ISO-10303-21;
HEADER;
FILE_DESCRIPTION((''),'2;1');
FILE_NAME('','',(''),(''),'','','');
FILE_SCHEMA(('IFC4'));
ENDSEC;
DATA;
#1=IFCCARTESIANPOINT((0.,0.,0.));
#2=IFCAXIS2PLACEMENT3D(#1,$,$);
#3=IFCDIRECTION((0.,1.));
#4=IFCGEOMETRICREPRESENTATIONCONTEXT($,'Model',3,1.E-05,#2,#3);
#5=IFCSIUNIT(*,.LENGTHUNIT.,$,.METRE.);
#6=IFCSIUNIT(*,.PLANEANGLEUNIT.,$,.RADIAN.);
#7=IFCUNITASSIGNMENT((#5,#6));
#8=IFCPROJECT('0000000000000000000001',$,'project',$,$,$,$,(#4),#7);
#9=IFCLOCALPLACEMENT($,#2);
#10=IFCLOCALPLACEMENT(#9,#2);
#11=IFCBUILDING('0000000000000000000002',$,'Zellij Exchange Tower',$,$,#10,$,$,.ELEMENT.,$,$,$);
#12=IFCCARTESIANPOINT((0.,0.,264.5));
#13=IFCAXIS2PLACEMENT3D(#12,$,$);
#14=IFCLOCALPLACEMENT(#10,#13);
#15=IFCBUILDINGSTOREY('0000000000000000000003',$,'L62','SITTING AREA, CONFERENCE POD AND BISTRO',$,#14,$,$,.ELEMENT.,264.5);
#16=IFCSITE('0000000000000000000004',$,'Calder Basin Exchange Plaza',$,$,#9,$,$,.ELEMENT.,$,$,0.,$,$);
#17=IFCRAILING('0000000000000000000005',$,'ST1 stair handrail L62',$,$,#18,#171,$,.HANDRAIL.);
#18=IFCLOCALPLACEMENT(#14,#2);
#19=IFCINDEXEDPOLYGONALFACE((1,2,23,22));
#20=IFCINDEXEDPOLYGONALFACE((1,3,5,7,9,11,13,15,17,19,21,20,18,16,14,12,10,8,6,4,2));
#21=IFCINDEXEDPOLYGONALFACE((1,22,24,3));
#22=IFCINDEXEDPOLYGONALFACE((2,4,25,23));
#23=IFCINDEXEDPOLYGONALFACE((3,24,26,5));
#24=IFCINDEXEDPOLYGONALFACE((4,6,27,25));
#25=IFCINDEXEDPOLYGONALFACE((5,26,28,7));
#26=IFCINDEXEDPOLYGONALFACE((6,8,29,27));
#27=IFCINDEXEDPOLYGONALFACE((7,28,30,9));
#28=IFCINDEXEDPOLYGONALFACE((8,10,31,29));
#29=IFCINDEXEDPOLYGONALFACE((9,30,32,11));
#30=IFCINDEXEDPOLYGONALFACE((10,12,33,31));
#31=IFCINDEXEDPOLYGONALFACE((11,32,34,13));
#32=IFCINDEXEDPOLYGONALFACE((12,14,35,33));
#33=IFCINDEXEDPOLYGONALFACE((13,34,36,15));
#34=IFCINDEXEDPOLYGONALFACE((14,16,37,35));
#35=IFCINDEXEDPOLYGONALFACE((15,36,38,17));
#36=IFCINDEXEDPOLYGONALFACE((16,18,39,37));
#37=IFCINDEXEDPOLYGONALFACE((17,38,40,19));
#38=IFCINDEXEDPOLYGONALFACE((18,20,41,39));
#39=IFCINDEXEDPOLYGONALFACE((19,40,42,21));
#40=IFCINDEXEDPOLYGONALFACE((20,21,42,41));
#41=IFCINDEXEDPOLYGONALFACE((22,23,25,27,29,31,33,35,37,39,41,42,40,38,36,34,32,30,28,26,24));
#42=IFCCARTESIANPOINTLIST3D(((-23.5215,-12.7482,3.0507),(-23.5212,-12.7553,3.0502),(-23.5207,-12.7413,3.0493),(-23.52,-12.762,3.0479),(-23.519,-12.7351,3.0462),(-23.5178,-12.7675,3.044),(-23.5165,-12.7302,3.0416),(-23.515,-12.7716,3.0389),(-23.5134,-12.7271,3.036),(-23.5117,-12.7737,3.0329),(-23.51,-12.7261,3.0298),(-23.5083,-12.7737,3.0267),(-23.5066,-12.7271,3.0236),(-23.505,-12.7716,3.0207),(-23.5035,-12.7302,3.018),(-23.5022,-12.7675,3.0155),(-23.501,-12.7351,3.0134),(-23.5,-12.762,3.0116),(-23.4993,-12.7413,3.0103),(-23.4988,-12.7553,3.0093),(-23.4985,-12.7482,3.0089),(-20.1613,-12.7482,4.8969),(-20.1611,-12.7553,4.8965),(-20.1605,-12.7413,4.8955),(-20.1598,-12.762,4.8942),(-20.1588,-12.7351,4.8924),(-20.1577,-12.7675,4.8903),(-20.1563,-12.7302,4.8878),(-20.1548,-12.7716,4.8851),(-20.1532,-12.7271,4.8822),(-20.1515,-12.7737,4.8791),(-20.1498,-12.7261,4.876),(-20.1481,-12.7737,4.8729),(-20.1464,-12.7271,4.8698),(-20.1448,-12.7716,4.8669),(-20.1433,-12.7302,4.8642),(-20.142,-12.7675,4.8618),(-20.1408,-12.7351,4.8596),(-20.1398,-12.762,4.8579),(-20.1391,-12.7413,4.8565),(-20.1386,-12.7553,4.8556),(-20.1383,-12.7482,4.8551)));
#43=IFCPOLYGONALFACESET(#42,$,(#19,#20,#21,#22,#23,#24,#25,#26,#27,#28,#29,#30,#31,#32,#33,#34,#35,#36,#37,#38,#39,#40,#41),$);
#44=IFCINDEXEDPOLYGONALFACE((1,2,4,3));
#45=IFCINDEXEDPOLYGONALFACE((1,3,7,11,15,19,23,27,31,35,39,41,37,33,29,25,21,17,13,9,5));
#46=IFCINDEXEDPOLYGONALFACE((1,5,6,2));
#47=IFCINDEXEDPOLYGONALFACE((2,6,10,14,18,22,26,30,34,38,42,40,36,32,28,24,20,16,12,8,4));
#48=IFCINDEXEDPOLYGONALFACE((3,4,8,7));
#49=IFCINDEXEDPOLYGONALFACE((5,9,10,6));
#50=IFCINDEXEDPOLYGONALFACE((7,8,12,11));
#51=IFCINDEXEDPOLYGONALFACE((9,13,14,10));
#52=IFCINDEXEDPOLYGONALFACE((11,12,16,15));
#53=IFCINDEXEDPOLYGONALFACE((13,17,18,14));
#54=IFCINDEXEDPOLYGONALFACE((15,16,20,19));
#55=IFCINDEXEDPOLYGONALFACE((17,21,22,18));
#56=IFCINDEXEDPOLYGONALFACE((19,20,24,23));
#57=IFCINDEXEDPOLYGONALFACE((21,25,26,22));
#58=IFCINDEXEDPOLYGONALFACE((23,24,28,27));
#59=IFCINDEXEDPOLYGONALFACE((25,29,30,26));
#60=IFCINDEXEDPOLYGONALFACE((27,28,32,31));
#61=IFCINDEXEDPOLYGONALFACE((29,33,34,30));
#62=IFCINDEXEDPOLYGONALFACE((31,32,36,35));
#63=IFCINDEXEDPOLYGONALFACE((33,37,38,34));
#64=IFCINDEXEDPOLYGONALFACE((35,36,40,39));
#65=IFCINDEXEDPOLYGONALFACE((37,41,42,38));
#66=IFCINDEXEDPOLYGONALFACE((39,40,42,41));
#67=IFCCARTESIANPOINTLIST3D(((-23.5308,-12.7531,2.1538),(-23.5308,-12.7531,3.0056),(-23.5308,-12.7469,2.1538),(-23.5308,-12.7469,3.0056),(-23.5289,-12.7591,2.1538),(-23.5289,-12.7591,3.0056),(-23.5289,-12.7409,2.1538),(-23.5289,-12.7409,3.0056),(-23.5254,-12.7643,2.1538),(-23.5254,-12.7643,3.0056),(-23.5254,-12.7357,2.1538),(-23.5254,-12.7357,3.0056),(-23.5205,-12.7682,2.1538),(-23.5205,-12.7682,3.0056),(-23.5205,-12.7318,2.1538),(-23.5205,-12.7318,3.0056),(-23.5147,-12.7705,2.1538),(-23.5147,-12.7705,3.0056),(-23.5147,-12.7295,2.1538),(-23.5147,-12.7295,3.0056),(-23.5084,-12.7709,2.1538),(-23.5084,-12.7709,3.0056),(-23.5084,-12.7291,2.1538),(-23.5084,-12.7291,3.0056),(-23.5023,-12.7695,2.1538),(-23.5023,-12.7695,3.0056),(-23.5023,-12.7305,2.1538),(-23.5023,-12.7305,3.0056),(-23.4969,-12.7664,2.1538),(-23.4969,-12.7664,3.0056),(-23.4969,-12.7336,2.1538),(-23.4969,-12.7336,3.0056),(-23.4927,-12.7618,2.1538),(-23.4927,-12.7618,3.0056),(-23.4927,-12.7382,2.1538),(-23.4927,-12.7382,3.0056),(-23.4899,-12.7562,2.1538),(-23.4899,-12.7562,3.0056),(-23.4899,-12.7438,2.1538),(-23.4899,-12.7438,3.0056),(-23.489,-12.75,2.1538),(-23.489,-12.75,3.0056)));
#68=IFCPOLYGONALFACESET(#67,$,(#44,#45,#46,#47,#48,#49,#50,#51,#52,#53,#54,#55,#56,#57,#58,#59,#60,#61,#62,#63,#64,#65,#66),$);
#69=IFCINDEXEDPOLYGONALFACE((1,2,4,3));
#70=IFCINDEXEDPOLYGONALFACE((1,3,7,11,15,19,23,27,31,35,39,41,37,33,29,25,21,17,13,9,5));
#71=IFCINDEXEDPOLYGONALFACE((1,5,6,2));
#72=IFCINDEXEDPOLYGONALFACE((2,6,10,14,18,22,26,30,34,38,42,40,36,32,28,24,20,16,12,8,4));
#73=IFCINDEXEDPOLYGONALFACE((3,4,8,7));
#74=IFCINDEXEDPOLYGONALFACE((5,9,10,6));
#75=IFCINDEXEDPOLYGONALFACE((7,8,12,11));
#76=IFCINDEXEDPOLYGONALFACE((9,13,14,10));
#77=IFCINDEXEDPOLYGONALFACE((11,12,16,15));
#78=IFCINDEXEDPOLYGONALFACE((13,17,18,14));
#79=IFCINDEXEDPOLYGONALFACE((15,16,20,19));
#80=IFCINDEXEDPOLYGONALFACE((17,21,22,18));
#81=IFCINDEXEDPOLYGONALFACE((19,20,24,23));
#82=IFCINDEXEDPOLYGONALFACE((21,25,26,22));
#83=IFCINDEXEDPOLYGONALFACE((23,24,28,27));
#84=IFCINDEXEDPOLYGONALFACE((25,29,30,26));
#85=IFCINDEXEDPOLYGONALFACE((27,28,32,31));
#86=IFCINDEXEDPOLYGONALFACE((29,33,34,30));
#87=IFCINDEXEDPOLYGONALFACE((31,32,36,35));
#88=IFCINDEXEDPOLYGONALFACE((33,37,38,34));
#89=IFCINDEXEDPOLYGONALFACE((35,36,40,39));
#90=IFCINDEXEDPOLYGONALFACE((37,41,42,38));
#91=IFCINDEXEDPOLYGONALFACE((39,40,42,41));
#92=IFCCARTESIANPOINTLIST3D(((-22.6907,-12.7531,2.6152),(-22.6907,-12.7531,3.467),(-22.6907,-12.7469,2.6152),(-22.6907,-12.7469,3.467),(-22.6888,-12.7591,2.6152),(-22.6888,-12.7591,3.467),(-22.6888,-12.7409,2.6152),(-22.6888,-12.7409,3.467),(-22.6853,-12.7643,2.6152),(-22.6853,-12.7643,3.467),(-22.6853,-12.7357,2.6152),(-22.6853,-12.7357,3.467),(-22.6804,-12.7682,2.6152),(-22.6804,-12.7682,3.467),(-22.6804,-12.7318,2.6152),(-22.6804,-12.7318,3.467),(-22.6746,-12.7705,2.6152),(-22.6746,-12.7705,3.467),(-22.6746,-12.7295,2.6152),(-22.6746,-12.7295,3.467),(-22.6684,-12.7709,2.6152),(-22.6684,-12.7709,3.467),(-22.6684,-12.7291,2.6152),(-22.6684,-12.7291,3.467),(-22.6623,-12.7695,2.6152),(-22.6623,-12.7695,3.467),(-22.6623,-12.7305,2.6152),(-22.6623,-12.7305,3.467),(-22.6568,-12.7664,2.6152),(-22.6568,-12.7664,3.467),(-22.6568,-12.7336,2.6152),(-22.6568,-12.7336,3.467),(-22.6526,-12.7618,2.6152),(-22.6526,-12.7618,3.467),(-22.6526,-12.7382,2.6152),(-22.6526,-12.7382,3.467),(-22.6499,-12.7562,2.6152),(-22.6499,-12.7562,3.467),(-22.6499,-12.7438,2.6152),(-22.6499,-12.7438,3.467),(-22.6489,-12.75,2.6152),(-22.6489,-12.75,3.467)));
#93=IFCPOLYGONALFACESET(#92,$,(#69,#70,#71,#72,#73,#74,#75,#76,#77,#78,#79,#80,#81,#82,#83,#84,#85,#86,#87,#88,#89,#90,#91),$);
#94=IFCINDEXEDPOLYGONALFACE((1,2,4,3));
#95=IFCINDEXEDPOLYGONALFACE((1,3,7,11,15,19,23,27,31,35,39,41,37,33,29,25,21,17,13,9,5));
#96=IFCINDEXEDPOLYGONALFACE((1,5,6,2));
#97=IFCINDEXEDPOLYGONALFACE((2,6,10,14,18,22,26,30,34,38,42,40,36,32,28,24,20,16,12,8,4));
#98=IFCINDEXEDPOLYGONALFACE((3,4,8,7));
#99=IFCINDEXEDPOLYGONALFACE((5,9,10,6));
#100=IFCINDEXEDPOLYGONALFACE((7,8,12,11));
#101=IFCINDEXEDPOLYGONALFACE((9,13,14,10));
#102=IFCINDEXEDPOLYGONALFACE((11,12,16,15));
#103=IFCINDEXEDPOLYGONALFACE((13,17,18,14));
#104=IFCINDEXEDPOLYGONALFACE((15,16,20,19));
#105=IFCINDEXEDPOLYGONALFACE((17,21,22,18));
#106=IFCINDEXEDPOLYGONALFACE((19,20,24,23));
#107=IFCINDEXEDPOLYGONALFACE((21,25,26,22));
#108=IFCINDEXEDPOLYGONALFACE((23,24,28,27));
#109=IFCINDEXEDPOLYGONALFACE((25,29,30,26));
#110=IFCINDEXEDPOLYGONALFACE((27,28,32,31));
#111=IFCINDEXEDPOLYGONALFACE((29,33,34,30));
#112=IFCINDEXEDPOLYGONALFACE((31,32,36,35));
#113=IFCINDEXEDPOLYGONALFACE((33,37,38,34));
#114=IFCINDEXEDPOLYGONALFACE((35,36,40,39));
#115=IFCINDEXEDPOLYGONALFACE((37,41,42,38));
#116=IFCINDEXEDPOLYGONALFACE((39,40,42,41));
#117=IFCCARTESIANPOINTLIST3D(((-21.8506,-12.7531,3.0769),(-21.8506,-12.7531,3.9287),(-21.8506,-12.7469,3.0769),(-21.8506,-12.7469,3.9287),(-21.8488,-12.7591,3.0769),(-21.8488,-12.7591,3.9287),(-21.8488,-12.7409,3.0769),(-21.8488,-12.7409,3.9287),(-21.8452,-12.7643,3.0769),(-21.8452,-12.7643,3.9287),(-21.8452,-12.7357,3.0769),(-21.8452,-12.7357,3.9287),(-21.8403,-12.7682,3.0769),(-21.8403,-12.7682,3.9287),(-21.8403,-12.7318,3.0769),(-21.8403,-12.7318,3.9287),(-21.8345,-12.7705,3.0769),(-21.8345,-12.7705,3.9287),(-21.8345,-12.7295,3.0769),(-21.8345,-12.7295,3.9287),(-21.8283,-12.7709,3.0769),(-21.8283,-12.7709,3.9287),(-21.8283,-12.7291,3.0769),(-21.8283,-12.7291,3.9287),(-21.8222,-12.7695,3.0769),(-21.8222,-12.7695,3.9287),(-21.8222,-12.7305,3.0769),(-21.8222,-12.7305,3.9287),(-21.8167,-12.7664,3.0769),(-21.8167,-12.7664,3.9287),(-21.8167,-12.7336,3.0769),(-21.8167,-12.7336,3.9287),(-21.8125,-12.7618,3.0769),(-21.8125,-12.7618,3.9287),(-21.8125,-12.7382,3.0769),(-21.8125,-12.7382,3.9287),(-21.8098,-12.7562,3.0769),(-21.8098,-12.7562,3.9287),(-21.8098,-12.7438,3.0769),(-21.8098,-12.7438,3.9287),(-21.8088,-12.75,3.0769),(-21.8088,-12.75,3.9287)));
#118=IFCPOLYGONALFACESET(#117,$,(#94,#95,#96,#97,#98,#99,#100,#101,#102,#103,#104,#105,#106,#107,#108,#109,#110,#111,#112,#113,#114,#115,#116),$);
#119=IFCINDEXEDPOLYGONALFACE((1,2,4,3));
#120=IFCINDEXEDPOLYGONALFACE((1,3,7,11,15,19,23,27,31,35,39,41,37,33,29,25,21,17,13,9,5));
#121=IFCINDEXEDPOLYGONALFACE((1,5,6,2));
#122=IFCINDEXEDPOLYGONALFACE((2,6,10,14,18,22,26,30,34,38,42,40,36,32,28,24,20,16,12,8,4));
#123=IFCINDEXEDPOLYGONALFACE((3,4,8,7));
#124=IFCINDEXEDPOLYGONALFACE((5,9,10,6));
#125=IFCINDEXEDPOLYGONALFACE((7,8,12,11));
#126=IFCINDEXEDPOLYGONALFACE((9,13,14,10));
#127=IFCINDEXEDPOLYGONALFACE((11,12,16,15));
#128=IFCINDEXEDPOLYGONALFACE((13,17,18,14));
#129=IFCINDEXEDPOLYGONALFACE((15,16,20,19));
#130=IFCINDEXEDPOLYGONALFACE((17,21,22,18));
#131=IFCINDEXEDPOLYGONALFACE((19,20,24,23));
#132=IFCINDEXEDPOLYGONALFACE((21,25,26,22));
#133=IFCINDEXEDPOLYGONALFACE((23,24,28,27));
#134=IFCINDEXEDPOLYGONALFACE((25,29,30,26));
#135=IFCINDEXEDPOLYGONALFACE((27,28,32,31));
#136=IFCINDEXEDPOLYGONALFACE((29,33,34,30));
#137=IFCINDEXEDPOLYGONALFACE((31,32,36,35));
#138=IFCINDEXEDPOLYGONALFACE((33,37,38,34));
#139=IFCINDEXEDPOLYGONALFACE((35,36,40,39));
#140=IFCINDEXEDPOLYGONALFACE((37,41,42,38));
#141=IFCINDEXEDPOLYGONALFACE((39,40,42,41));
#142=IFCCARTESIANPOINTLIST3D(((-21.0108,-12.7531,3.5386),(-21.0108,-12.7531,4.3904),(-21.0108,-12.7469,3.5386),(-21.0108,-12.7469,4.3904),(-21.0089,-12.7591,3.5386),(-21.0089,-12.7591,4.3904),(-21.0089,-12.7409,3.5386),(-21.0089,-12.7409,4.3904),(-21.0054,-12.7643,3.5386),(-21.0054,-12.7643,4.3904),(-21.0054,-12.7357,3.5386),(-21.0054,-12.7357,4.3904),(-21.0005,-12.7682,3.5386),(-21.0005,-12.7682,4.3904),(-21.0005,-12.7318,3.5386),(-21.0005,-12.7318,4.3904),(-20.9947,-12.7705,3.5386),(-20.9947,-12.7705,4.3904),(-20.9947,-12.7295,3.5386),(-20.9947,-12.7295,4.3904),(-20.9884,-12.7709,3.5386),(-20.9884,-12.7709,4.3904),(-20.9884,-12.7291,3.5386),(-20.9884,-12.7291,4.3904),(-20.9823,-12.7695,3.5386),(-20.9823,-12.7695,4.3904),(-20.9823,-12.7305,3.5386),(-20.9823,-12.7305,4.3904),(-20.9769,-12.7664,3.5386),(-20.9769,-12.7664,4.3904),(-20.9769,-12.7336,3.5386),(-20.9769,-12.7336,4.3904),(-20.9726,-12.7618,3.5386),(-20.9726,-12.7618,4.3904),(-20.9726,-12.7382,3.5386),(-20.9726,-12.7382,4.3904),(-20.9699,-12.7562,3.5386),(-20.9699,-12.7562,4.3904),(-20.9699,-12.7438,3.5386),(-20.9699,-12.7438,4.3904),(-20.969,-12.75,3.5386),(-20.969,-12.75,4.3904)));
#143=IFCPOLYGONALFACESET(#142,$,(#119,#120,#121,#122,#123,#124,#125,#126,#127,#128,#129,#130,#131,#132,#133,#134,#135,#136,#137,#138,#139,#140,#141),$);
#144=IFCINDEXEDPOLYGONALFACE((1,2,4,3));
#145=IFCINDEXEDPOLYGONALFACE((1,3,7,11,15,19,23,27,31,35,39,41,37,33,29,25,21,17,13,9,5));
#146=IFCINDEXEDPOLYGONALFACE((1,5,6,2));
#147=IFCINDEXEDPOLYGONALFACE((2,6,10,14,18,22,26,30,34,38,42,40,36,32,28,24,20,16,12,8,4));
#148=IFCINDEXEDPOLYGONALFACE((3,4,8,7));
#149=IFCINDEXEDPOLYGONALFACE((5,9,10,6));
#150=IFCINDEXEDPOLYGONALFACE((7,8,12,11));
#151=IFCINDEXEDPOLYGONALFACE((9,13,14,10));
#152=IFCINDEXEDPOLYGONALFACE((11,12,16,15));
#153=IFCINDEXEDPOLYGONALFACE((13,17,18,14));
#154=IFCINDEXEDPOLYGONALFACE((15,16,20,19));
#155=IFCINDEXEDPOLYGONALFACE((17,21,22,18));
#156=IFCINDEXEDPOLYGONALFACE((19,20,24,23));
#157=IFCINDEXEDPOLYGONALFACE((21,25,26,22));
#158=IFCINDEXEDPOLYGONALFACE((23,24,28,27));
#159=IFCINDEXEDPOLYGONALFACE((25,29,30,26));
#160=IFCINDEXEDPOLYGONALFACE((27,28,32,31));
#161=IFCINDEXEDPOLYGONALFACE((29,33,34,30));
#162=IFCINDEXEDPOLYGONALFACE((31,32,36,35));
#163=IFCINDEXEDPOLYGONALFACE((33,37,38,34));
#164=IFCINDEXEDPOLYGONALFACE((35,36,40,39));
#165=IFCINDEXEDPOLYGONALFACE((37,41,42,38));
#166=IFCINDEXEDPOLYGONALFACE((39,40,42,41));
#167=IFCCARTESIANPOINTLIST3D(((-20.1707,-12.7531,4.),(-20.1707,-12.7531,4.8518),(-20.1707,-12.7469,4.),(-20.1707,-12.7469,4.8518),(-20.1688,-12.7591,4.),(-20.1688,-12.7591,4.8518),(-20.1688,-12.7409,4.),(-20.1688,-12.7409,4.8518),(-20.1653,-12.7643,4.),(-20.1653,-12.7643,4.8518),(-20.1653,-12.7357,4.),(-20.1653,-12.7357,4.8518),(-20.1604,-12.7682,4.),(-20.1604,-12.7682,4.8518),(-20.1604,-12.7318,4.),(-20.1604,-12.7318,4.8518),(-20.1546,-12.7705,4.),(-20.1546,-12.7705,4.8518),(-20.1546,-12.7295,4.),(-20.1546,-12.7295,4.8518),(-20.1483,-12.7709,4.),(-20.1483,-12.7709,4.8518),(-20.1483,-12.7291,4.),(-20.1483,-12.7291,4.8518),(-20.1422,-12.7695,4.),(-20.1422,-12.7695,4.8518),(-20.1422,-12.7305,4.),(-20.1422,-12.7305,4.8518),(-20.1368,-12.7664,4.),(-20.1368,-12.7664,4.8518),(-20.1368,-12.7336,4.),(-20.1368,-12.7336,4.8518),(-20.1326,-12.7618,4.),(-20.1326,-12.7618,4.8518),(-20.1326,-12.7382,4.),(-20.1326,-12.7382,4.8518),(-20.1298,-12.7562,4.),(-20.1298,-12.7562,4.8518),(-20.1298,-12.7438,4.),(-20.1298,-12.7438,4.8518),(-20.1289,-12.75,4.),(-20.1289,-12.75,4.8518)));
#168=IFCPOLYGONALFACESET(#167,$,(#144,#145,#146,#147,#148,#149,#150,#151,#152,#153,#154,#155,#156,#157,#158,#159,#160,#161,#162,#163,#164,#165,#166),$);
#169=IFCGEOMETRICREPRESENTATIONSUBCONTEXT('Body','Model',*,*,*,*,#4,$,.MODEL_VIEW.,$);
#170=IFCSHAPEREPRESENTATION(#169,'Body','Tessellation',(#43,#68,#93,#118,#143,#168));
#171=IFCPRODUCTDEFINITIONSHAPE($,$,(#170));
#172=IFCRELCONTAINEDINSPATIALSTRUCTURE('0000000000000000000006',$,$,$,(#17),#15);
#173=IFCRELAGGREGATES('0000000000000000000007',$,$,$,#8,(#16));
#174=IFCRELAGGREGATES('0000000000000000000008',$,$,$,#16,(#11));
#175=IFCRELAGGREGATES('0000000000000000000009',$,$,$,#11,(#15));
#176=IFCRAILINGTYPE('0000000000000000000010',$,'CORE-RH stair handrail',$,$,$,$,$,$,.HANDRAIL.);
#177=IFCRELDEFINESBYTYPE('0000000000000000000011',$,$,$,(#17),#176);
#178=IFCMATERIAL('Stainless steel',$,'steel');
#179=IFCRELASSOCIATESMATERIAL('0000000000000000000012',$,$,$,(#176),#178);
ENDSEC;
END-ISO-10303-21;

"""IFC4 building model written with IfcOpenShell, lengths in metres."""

from ifc_helpers import new_model, si_unit, direction, frame, origin, origin_2d, place, context, subcontext, project, spatial, circle, extrude, material, type_object, element, save


model = new_model("IFC4")

# Units and contexts
model_context = context("Model", 3, precision=1e-05, world=origin(), true_north=direction((0.0, 1.0)))
body_context = subcontext(model_context, "Body", "Model", "MODEL_VIEW")
ifc_project = project(units=[si_unit("LENGTHUNIT", "METRE"), si_unit("PLANEANGLEUNIT", "RADIAN")], contexts=[model_context])

# Site, building, storey
site_placement = place(None, origin())
site = spatial("IfcSite", under=ifc_project, at=site_placement, Name="Calder Basin Exchange Plaza", CompositionType="ELEMENT", RefElevation=0.0)
building_placement = place(site_placement, origin())
building = spatial("IfcBuilding", under=site, at=building_placement, Name="Zellij Exchange Tower", CompositionType="ELEMENT")
storey_placement = place(building_placement, frame((0.0, 0.0, 264.5)))
storey = spatial("IfcBuildingStorey", under=building, at=storey_placement, Name="L62", Description="SITTING AREA, CONFERENCE POD AND BISTRO", CompositionType="ELEMENT", Elevation=264.5)

# Railing
ifc_material_1 = material(Name="Stainless steel", Category="steel")
railing_type_1 = type_object("IfcRailingType", Name="CORE-RH stair handrail", PredefinedType="HANDRAIL", material=ifc_material_1)
railing_1_placement = place(storey_placement, frame((-23.51, -12.75, 2.1538)))
element("IfcRailing", 1, at=railing_1_placement, inside=storey, type_object=railing_type_1, Name="ST1 stair handrail L62", PredefinedType="HANDRAIL", context=body_context, shape_type="SweptSolid", body=[
    extrude(circle(Radius=0.0239, at=origin_2d()), frame((0.0, 0.0, 0.876), z_axis=(0.876422, 0.0, 0.481545), x_axis=(0.0, 1.0, 0.0)), (0.0, 0.0, 1.0), 3.834),
    extrude(circle(Radius=0.021, at=origin_2d()), origin(), (0.0, 0.0, 1.0), 0.8518),
    extrude(circle(Radius=0.021, at=origin_2d()), frame((0.8401, 0.0, 0.4614)), (0.0, 0.0, 1.0), 0.8518),
    extrude(circle(Radius=0.021, at=origin_2d()), frame((1.6802, 0.0, 0.9231)), (0.0, 0.0, 1.0), 0.8518),
    extrude(circle(Radius=0.021, at=origin_2d()), frame((2.52, 0.0, 1.3848)), (0.0, 0.0, 1.0), 0.8518),
    extrude(circle(Radius=0.021, at=origin_2d()), frame((3.3601, 0.0, 1.8462)), (0.0, 0.0, 1.0), 0.8518),
])

save(model, "model.ifc")
